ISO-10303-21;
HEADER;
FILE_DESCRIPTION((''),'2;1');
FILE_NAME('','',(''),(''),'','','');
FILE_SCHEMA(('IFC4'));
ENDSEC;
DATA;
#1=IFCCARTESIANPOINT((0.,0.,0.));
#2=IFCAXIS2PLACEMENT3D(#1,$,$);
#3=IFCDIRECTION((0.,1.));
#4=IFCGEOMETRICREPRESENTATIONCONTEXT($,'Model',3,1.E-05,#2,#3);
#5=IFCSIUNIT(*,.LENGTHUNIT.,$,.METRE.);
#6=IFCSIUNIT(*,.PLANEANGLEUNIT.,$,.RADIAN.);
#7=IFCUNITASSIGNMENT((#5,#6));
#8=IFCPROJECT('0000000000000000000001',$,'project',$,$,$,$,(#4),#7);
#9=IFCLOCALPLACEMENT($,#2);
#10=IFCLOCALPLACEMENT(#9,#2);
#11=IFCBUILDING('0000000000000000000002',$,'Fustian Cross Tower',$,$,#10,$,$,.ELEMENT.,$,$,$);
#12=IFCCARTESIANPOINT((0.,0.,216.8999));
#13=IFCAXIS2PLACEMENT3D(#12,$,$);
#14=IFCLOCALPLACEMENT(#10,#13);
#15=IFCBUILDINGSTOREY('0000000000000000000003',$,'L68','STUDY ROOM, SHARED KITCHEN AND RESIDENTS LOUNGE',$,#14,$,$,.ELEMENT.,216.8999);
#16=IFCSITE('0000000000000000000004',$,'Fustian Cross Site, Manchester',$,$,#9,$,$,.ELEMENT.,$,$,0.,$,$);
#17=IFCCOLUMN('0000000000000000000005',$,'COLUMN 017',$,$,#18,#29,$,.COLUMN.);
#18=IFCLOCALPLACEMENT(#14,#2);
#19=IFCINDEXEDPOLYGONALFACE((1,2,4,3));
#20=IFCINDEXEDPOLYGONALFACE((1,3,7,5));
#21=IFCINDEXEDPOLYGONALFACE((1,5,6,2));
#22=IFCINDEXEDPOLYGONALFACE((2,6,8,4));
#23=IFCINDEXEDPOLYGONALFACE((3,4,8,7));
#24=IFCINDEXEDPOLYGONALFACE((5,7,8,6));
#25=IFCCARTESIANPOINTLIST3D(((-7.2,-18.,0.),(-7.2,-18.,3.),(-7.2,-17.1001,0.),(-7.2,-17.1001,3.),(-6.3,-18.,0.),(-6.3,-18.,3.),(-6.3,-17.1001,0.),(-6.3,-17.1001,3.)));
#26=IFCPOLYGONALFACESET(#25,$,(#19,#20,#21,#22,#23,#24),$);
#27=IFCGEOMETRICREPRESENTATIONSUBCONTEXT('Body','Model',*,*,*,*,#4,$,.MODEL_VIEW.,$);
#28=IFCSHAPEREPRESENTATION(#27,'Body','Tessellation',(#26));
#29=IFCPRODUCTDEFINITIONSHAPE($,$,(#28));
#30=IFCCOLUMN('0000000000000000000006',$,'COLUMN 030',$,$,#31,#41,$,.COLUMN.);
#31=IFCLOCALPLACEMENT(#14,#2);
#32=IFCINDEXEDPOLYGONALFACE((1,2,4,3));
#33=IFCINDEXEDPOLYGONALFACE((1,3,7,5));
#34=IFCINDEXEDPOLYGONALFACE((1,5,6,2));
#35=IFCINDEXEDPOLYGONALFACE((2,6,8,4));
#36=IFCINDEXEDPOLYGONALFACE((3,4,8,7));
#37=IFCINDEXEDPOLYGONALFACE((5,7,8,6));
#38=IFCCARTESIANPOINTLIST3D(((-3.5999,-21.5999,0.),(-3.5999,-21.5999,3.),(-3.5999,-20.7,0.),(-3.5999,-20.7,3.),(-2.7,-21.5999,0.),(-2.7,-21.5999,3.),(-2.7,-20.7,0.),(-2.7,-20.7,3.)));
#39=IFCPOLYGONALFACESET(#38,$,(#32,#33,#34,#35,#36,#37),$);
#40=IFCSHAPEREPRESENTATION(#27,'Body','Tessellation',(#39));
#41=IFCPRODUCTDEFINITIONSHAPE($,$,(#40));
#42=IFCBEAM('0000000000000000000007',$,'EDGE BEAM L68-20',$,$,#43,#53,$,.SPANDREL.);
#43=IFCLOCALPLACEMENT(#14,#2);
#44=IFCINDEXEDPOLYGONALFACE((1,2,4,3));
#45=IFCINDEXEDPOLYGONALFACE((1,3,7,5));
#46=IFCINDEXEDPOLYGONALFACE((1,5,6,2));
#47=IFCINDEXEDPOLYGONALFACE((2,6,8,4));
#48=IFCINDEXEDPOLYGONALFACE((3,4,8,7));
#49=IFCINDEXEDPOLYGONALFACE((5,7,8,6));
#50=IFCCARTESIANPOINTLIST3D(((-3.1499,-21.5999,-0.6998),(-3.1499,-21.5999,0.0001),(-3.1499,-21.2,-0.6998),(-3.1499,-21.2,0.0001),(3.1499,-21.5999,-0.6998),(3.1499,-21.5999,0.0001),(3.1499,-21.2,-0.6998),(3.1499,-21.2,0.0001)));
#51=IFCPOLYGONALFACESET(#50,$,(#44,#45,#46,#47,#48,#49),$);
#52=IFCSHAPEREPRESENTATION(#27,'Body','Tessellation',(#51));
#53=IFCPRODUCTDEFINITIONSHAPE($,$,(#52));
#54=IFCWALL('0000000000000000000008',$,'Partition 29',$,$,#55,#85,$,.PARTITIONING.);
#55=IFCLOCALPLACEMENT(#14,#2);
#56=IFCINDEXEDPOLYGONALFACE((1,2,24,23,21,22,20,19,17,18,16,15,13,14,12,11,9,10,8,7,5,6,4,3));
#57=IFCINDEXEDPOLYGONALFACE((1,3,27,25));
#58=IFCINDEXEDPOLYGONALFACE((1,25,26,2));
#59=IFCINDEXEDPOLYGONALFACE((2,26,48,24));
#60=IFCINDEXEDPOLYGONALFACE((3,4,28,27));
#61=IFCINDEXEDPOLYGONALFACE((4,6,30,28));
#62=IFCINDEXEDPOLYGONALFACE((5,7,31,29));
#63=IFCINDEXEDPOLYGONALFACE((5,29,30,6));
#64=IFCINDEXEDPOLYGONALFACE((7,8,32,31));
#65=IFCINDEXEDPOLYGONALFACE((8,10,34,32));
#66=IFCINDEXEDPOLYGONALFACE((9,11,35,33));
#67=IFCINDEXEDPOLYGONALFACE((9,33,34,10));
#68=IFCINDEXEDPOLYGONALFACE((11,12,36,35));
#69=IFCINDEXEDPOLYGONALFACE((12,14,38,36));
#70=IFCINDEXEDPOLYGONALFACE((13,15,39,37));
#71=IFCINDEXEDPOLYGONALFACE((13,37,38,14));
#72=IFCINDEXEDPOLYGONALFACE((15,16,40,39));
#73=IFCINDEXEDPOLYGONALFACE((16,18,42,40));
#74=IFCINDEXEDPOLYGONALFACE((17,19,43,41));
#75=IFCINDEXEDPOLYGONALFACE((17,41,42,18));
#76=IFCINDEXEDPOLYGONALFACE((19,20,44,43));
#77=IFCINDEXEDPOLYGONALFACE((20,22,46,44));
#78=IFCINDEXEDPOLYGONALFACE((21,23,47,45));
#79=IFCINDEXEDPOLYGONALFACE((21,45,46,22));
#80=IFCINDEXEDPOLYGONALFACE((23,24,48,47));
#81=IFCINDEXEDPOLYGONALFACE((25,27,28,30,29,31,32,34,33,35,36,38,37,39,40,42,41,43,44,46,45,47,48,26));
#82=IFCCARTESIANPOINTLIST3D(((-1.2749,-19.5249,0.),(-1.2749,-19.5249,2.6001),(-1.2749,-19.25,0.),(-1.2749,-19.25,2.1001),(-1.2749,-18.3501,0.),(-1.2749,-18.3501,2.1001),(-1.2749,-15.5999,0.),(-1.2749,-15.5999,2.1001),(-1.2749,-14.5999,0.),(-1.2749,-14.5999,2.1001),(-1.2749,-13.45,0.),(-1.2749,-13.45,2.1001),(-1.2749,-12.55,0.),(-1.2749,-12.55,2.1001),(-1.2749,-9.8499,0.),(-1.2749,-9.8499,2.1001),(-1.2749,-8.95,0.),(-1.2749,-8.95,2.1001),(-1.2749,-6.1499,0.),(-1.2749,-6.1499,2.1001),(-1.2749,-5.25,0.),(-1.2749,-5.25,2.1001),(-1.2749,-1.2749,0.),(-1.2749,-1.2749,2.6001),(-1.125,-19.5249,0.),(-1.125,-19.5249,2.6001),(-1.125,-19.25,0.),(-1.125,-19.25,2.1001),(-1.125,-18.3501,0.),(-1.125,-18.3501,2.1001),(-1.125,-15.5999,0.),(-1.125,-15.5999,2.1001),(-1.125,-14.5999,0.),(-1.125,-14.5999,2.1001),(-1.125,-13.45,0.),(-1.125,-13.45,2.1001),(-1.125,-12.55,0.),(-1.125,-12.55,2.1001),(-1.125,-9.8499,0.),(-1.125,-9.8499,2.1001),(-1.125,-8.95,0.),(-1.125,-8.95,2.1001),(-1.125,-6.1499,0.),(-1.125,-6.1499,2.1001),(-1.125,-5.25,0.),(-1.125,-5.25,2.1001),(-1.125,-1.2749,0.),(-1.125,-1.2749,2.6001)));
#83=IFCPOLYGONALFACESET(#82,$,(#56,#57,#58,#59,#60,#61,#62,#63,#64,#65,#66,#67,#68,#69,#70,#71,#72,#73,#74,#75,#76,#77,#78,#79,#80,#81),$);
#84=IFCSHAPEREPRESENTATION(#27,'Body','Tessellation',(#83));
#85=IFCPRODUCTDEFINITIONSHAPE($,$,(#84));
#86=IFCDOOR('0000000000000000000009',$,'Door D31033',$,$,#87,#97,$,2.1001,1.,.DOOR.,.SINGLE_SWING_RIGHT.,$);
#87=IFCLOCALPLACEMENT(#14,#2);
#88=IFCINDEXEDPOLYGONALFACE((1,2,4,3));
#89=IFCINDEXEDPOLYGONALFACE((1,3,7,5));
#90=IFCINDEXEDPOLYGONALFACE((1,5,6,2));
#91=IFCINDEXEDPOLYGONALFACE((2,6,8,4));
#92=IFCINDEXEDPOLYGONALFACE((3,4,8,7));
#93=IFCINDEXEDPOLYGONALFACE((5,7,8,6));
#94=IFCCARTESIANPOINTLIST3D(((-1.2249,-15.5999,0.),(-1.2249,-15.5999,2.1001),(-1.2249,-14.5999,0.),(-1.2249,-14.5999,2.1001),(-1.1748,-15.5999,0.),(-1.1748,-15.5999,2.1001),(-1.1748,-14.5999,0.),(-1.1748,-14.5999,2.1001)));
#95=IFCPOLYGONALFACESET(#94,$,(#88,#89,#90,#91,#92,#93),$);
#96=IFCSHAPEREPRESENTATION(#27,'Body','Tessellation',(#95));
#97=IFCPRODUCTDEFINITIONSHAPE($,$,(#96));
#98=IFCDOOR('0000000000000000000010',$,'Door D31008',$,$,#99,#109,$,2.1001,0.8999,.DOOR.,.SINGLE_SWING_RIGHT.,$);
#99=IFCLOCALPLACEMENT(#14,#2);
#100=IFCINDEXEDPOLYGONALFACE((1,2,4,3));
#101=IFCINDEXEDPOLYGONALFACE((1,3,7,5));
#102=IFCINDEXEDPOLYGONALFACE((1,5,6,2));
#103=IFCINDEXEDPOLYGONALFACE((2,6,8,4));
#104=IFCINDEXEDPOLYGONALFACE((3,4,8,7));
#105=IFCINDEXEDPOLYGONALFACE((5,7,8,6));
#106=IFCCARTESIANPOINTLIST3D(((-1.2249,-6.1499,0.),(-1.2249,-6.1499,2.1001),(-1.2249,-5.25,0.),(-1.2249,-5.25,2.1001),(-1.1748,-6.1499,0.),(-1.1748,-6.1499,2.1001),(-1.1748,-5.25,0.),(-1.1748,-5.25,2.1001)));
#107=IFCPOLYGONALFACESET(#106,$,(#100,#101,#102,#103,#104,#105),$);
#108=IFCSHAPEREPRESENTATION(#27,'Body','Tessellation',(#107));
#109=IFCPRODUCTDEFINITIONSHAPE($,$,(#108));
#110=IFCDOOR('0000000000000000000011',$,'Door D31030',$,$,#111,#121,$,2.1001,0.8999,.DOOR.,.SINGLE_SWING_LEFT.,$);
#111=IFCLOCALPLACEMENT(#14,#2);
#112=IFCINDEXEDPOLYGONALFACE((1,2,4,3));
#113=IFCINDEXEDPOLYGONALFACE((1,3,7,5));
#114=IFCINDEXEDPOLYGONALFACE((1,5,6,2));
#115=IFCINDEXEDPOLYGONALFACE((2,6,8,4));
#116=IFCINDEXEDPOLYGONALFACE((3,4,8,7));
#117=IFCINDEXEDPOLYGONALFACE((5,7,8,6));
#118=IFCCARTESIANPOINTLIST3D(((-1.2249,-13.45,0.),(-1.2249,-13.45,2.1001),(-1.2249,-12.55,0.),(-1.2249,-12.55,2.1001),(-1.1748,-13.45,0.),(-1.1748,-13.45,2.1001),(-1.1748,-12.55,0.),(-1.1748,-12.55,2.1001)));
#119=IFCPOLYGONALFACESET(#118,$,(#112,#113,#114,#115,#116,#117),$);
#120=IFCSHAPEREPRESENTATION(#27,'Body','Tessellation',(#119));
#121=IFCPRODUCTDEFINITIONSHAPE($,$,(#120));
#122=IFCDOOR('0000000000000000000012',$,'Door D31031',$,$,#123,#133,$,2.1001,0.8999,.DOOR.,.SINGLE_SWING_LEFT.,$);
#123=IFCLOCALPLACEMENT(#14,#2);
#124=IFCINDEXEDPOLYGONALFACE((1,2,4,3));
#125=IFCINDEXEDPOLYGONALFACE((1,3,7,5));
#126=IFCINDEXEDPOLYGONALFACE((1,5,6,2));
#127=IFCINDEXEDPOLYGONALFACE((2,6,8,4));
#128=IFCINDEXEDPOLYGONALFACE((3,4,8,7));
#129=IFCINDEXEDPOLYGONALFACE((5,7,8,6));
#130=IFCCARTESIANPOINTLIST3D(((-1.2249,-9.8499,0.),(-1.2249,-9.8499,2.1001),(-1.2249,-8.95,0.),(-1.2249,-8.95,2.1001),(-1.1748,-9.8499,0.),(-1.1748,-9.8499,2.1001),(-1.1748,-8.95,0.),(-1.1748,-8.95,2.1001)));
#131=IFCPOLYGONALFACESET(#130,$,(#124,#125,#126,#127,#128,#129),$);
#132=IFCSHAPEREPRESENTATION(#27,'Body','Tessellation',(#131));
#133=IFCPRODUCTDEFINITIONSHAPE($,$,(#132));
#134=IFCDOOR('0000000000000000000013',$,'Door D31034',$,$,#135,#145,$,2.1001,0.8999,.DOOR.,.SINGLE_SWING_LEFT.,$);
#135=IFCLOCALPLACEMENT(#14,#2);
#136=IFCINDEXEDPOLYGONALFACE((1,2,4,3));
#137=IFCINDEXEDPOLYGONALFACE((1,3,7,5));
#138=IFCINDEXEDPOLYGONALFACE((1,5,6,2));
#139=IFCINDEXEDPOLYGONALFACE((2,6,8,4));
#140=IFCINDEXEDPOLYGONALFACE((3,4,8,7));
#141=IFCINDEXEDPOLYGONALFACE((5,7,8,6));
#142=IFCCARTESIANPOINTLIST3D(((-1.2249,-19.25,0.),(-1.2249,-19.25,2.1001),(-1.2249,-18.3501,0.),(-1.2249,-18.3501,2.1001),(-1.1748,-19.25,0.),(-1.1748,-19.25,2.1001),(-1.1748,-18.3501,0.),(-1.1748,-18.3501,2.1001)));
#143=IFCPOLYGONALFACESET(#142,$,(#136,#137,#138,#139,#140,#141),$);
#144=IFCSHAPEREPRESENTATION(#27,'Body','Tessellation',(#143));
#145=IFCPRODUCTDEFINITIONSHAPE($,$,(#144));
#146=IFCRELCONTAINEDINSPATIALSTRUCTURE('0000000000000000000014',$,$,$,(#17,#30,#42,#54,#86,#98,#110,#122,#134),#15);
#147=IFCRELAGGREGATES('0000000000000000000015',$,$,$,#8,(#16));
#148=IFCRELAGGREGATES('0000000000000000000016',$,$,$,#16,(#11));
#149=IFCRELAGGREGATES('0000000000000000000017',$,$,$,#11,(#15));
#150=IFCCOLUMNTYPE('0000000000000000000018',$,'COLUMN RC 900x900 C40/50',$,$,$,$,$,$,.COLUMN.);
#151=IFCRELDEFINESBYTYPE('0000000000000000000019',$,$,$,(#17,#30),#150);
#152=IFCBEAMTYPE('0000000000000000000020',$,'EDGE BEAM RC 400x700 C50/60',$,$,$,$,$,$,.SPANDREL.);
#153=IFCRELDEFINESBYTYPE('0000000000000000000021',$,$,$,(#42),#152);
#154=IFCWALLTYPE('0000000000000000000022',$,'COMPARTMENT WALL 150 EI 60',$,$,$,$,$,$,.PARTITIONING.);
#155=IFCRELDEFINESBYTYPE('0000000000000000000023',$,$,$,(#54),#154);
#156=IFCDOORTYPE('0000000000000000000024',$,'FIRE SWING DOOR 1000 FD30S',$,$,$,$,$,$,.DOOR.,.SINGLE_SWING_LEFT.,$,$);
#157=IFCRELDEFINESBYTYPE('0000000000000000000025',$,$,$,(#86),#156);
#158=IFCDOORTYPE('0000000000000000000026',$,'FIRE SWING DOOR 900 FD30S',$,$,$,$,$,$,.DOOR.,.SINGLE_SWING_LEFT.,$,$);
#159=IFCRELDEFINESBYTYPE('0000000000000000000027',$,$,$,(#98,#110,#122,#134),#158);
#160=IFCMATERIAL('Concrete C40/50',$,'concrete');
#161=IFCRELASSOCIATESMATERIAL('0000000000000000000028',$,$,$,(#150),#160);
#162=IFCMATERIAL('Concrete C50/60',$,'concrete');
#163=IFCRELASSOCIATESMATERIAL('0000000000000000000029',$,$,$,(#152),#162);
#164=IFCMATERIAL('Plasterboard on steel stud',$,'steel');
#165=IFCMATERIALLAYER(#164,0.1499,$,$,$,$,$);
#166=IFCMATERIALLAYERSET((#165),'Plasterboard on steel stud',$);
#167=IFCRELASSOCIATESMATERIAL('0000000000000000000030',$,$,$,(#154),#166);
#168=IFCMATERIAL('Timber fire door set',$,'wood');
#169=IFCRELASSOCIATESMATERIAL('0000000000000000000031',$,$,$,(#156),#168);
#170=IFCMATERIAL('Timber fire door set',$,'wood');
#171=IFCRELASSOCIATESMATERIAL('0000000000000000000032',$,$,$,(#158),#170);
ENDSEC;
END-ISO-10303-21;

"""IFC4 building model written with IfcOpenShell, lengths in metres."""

from ifc_helpers import new_model, si_unit, direction, frame, frame_2d, origin, origin_2d, place, context, subcontext, project, spatial, rectangle, extrude, material, layer, layer_set, material_profile, profile_set, type_object, element, fill, save


model = new_model("IFC4")

# Units and contexts
model_context = context("Model", 3, precision=1e-05, world=origin(), true_north=direction((0.0, 1.0)))
body_context = subcontext(model_context, "Body", "Model", "MODEL_VIEW")
ifc_project = project(units=[si_unit("LENGTHUNIT", "METRE"), si_unit("PLANEANGLEUNIT", "RADIAN")], contexts=[model_context])

# Site, building, storey
site_placement = place(None, origin())
site = spatial("IfcSite", under=ifc_project, at=site_placement, Name="Fustian Cross Site, Manchester", CompositionType="ELEMENT", RefElevation=0.0)
building_placement = place(site_placement, origin())
building = spatial("IfcBuilding", under=site, at=building_placement, Name="Fustian Cross Tower", CompositionType="ELEMENT")
storey_placement = place(building_placement, frame((0.0, 0.0, 216.8999)))
storey = spatial("IfcBuildingStorey", under=building, at=storey_placement, Name="L68", Description="STUDY ROOM, SHARED KITCHEN AND RESIDENTS LOUNGE", CompositionType="ELEMENT", Elevation=216.8999)

# Columns
ifc_material_1 = material(Name="Concrete C40/50", Category="concrete")
ifc_material_profile_1 = material_profile(ifc_material_1, rectangle(XDim=0.8999, YDim=0.8999, at=origin_2d()), Name="RC 900x900")
ifc_profile_set_1 = profile_set([ifc_material_profile_1], Name="Concrete C40/50")
column_type = type_object("IfcColumnType", Name="COLUMN RC 900x900 C40/50", PredefinedType="COLUMN", material=ifc_profile_set_1)
for number, where, z_axis, x_axis, name in (
    (1, (-6.75, -17.55, 0.0), (0.0, 0.0, 1.0), (1.0, 0.0, 0.0), "COLUMN 017"),
    (2, (-3.1499, -21.1499, 0.0), (0.0, 0.0, 1.0), (1.0, 0.0, 0.0), "COLUMN 030"),
):
    element("IfcColumn", number, at=place(storey_placement, frame(where, z_axis=z_axis, x_axis=x_axis)), inside=storey, type_object=column_type, Name=name, PredefinedType="COLUMN", context=body_context, shape_type="SweptSolid", body=[
        extrude(rectangle(XDim=0.8999, YDim=0.8999, at=origin_2d()), origin(), (0.0, 0.0, 1.0), 3.0),
    ])

# Beam
ifc_material_2 = material(Name="Concrete C50/60", Category="concrete")
ifc_material_profile_2 = material_profile(ifc_material_2, rectangle(XDim=0.3999, YDim=0.7, at=origin_2d()), Name="RC 400x700")
ifc_profile_set_2 = profile_set([ifc_material_profile_2], Name="Concrete C50/60")
beam_type = type_object("IfcBeamType", Name="EDGE BEAM RC 400x700 C50/60", PredefinedType="SPANDREL", material=ifc_profile_set_2)
beam_placement = place(storey_placement, frame((-3.1499, -21.3999, -0.3499), z_axis=(1.0, 0.0, 0.0), x_axis=(0.0, 1.0, 0.0)))
element("IfcBeam", 3, at=beam_placement, inside=storey, type_object=beam_type, Name="EDGE BEAM L68-20", PredefinedType="SPANDREL", context=body_context, shape_type="SweptSolid", body=[
    extrude(rectangle(XDim=0.3999, YDim=0.7, at=origin_2d()), origin(), (0.0, 0.0, 1.0), 6.2998),
])

# Wall, openings, doors
ifc_material_3 = material(Name="Plasterboard on steel stud", Category="steel")
ifc_layer_1 = layer(ifc_material_3, 0.1499)
ifc_layer_set_1 = layer_set([ifc_layer_1], Name="Plasterboard on steel stud")
wall_type_1 = type_object("IfcWallType", Name="COMPARTMENT WALL 150 EI 60", PredefinedType="PARTITIONING", material=ifc_layer_set_1)
wall_1_placement = place(storey_placement, frame((-1.2, -19.5249, 0.0), z_axis=(0.0, 0.0, 1.0), x_axis=(0.0, 1.0, 0.0)))
wall_1 = element("IfcWall", 4, at=wall_1_placement, inside=storey, type_object=wall_type_1, Name="Partition 29", PredefinedType="PARTITIONING", context=body_context, shape_type="SweptSolid", body=[
    extrude(rectangle(XDim=18.25, YDim=0.1499, at=frame_2d((9.125, 0.0))), origin(), (0.0, 0.0, 1.0), 2.6001),
])
opening_1_placement = place(wall_1_placement, frame((13.375, 0.0, 0.0)))
opening_1 = element("IfcOpeningElement", 5, at=opening_1_placement, cuts=wall_1, PredefinedType="OPENING", context=body_context, shape_type="SweptSolid", body=[
    extrude(rectangle(XDim=0.8999, YDim=2.1001, at=frame_2d((0.45, 1.05))), frame((0.0, 0.085, 0.0), z_axis=(0.0, -1.0, 0.0), x_axis=(1.0, 0.0, 0.0)), (0.0, 0.0, 1.0), 0.1699),
])
opening_2_placement = place(wall_1_placement, frame((6.075, 0.0, 0.0)))
opening_2 = element("IfcOpeningElement", 6, at=opening_2_placement, cuts=wall_1, PredefinedType="OPENING", context=body_context, shape_type="SweptSolid", body=[
    extrude(rectangle(XDim=0.8999, YDim=2.1001, at=frame_2d((0.45, 1.05))), frame((0.0, 0.085, 0.0), z_axis=(0.0, -1.0, 0.0), x_axis=(1.0, 0.0, 0.0)), (0.0, 0.0, 1.0), 0.1699),
])
opening_3_placement = place(wall_1_placement, frame((9.675, 0.0, 0.0)))
opening_3 = element("IfcOpeningElement", 7, at=opening_3_placement, cuts=wall_1, PredefinedType="OPENING", context=body_context, shape_type="SweptSolid", body=[
    extrude(rectangle(XDim=0.8999, YDim=2.1001, at=frame_2d((0.45, 1.05))), frame((0.0, 0.085, 0.0), z_axis=(0.0, -1.0, 0.0), x_axis=(1.0, 0.0, 0.0)), (0.0, 0.0, 1.0), 0.1699),
])
opening_4_placement = place(wall_1_placement, frame((3.925, 0.0, 0.0)))
opening_4 = element("IfcOpeningElement", 8, at=opening_4_placement, cuts=wall_1, PredefinedType="OPENING", context=body_context, shape_type="SweptSolid", body=[
    extrude(rectangle(XDim=1.0, YDim=2.1001, at=frame_2d((0.5, 1.05))), frame((0.0, 0.085, 0.0), z_axis=(0.0, -1.0, 0.0), x_axis=(1.0, 0.0, 0.0)), (0.0, 0.0, 1.0), 0.1699),
])
opening_5_placement = place(wall_1_placement, frame((0.2749, 0.0, 0.0)))
opening_5 = element("IfcOpeningElement", 9, at=opening_5_placement, cuts=wall_1, PredefinedType="OPENING", context=body_context, shape_type="SweptSolid", body=[
    extrude(rectangle(XDim=0.8999, YDim=2.1001, at=frame_2d((0.45, 1.05))), frame((0.0, 0.085, 0.0), z_axis=(0.0, -1.0, 0.0), x_axis=(1.0, 0.0, 0.0)), (0.0, 0.0, 1.0), 0.1699),
])
ifc_material_4 = material(Name="Timber fire door set", Category="wood")
door_type_1 = type_object("IfcDoorType", Name="FIRE SWING DOOR 1000 FD30S", OperationType="SINGLE_SWING_LEFT", PredefinedType="DOOR", material=ifc_material_4)
door_1_placement = place(opening_4_placement, origin())
door_1 = element("IfcDoor", 10, at=door_1_placement, inside=storey, type_object=door_type_1, Name="Door D31033", OperationType="SINGLE_SWING_RIGHT", OverallHeight=2.1001, OverallWidth=1.0, PredefinedType="DOOR", context=body_context, shape_type="SweptSolid", body=[
    extrude(rectangle(XDim=1.0, YDim=2.1001, at=frame_2d((0.5, 1.05))), frame((0.0, 0.0249, 0.0), z_axis=(0.0, -1.0, 0.0), x_axis=(1.0, 0.0, 0.0)), (0.0, 0.0, 1.0), 0.05),
])
fill(opening_4, door_1)
ifc_material_5 = material(Name="Timber fire door set", Category="wood")
door_type_2 = type_object("IfcDoorType", Name="FIRE SWING DOOR 900 FD30S", OperationType="SINGLE_SWING_LEFT", PredefinedType="DOOR", material=ifc_material_5)
door_2_placement = place(opening_1_placement, origin())
door_2 = element("IfcDoor", 11, at=door_2_placement, inside=storey, type_object=door_type_2, Name="Door D31008", OperationType="SINGLE_SWING_RIGHT", OverallHeight=2.1001, OverallWidth=0.8999, PredefinedType="DOOR", context=body_context, shape_type="SweptSolid", body=[
    extrude(rectangle(XDim=0.8999, YDim=2.1001, at=frame_2d((0.45, 1.05))), frame((0.0, 0.0249, 0.0), z_axis=(0.0, -1.0, 0.0), x_axis=(1.0, 0.0, 0.0)), (0.0, 0.0, 1.0), 0.05),
])
fill(opening_1, door_2)
door_3_placement = place(opening_2_placement, origin())
door_3 = element("IfcDoor", 12, at=door_3_placement, inside=storey, type_object=door_type_2, Name="Door D31030", OperationType="SINGLE_SWING_LEFT", OverallHeight=2.1001, OverallWidth=0.8999, PredefinedType="DOOR", context=body_context, shape_type="SweptSolid", body=[
    extrude(rectangle(XDim=0.8999, YDim=2.1001, at=frame_2d((0.45, 1.05))), frame((0.0, 0.0249, 0.0), z_axis=(0.0, -1.0, 0.0), x_axis=(1.0, 0.0, 0.0)), (0.0, 0.0, 1.0), 0.05),
])
fill(opening_2, door_3)
door_4_placement = place(opening_3_placement, origin())
door_4 = element("IfcDoor", 13, at=door_4_placement, inside=storey, type_object=door_type_2, Name="Door D31031", OperationType="SINGLE_SWING_LEFT", OverallHeight=2.1001, OverallWidth=0.8999, PredefinedType="DOOR", context=body_context, shape_type="SweptSolid", body=[
    extrude(rectangle(XDim=0.8999, YDim=2.1001, at=frame_2d((0.45, 1.05))), frame((0.0, 0.0249, 0.0), z_axis=(0.0, -1.0, 0.0), x_axis=(1.0, 0.0, 0.0)), (0.0, 0.0, 1.0), 0.05),
])
fill(opening_3, door_4)
door_5_placement = place(opening_5_placement, origin())
door_5 = element("IfcDoor", 14, at=door_5_placement, inside=storey, type_object=door_type_2, Name="Door D31034", OperationType="SINGLE_SWING_LEFT", OverallHeight=2.1001, OverallWidth=0.8999, PredefinedType="DOOR", context=body_context, shape_type="SweptSolid", body=[
    extrude(rectangle(XDim=0.8999, YDim=2.1001, at=frame_2d((0.45, 1.05))), frame((0.0, 0.0249, 0.0), z_axis=(0.0, -1.0, 0.0), x_axis=(1.0, 0.0, 0.0)), (0.0, 0.0, 1.0), 0.05),
])
fill(opening_5, door_5)

save(model, "model.ifc")
